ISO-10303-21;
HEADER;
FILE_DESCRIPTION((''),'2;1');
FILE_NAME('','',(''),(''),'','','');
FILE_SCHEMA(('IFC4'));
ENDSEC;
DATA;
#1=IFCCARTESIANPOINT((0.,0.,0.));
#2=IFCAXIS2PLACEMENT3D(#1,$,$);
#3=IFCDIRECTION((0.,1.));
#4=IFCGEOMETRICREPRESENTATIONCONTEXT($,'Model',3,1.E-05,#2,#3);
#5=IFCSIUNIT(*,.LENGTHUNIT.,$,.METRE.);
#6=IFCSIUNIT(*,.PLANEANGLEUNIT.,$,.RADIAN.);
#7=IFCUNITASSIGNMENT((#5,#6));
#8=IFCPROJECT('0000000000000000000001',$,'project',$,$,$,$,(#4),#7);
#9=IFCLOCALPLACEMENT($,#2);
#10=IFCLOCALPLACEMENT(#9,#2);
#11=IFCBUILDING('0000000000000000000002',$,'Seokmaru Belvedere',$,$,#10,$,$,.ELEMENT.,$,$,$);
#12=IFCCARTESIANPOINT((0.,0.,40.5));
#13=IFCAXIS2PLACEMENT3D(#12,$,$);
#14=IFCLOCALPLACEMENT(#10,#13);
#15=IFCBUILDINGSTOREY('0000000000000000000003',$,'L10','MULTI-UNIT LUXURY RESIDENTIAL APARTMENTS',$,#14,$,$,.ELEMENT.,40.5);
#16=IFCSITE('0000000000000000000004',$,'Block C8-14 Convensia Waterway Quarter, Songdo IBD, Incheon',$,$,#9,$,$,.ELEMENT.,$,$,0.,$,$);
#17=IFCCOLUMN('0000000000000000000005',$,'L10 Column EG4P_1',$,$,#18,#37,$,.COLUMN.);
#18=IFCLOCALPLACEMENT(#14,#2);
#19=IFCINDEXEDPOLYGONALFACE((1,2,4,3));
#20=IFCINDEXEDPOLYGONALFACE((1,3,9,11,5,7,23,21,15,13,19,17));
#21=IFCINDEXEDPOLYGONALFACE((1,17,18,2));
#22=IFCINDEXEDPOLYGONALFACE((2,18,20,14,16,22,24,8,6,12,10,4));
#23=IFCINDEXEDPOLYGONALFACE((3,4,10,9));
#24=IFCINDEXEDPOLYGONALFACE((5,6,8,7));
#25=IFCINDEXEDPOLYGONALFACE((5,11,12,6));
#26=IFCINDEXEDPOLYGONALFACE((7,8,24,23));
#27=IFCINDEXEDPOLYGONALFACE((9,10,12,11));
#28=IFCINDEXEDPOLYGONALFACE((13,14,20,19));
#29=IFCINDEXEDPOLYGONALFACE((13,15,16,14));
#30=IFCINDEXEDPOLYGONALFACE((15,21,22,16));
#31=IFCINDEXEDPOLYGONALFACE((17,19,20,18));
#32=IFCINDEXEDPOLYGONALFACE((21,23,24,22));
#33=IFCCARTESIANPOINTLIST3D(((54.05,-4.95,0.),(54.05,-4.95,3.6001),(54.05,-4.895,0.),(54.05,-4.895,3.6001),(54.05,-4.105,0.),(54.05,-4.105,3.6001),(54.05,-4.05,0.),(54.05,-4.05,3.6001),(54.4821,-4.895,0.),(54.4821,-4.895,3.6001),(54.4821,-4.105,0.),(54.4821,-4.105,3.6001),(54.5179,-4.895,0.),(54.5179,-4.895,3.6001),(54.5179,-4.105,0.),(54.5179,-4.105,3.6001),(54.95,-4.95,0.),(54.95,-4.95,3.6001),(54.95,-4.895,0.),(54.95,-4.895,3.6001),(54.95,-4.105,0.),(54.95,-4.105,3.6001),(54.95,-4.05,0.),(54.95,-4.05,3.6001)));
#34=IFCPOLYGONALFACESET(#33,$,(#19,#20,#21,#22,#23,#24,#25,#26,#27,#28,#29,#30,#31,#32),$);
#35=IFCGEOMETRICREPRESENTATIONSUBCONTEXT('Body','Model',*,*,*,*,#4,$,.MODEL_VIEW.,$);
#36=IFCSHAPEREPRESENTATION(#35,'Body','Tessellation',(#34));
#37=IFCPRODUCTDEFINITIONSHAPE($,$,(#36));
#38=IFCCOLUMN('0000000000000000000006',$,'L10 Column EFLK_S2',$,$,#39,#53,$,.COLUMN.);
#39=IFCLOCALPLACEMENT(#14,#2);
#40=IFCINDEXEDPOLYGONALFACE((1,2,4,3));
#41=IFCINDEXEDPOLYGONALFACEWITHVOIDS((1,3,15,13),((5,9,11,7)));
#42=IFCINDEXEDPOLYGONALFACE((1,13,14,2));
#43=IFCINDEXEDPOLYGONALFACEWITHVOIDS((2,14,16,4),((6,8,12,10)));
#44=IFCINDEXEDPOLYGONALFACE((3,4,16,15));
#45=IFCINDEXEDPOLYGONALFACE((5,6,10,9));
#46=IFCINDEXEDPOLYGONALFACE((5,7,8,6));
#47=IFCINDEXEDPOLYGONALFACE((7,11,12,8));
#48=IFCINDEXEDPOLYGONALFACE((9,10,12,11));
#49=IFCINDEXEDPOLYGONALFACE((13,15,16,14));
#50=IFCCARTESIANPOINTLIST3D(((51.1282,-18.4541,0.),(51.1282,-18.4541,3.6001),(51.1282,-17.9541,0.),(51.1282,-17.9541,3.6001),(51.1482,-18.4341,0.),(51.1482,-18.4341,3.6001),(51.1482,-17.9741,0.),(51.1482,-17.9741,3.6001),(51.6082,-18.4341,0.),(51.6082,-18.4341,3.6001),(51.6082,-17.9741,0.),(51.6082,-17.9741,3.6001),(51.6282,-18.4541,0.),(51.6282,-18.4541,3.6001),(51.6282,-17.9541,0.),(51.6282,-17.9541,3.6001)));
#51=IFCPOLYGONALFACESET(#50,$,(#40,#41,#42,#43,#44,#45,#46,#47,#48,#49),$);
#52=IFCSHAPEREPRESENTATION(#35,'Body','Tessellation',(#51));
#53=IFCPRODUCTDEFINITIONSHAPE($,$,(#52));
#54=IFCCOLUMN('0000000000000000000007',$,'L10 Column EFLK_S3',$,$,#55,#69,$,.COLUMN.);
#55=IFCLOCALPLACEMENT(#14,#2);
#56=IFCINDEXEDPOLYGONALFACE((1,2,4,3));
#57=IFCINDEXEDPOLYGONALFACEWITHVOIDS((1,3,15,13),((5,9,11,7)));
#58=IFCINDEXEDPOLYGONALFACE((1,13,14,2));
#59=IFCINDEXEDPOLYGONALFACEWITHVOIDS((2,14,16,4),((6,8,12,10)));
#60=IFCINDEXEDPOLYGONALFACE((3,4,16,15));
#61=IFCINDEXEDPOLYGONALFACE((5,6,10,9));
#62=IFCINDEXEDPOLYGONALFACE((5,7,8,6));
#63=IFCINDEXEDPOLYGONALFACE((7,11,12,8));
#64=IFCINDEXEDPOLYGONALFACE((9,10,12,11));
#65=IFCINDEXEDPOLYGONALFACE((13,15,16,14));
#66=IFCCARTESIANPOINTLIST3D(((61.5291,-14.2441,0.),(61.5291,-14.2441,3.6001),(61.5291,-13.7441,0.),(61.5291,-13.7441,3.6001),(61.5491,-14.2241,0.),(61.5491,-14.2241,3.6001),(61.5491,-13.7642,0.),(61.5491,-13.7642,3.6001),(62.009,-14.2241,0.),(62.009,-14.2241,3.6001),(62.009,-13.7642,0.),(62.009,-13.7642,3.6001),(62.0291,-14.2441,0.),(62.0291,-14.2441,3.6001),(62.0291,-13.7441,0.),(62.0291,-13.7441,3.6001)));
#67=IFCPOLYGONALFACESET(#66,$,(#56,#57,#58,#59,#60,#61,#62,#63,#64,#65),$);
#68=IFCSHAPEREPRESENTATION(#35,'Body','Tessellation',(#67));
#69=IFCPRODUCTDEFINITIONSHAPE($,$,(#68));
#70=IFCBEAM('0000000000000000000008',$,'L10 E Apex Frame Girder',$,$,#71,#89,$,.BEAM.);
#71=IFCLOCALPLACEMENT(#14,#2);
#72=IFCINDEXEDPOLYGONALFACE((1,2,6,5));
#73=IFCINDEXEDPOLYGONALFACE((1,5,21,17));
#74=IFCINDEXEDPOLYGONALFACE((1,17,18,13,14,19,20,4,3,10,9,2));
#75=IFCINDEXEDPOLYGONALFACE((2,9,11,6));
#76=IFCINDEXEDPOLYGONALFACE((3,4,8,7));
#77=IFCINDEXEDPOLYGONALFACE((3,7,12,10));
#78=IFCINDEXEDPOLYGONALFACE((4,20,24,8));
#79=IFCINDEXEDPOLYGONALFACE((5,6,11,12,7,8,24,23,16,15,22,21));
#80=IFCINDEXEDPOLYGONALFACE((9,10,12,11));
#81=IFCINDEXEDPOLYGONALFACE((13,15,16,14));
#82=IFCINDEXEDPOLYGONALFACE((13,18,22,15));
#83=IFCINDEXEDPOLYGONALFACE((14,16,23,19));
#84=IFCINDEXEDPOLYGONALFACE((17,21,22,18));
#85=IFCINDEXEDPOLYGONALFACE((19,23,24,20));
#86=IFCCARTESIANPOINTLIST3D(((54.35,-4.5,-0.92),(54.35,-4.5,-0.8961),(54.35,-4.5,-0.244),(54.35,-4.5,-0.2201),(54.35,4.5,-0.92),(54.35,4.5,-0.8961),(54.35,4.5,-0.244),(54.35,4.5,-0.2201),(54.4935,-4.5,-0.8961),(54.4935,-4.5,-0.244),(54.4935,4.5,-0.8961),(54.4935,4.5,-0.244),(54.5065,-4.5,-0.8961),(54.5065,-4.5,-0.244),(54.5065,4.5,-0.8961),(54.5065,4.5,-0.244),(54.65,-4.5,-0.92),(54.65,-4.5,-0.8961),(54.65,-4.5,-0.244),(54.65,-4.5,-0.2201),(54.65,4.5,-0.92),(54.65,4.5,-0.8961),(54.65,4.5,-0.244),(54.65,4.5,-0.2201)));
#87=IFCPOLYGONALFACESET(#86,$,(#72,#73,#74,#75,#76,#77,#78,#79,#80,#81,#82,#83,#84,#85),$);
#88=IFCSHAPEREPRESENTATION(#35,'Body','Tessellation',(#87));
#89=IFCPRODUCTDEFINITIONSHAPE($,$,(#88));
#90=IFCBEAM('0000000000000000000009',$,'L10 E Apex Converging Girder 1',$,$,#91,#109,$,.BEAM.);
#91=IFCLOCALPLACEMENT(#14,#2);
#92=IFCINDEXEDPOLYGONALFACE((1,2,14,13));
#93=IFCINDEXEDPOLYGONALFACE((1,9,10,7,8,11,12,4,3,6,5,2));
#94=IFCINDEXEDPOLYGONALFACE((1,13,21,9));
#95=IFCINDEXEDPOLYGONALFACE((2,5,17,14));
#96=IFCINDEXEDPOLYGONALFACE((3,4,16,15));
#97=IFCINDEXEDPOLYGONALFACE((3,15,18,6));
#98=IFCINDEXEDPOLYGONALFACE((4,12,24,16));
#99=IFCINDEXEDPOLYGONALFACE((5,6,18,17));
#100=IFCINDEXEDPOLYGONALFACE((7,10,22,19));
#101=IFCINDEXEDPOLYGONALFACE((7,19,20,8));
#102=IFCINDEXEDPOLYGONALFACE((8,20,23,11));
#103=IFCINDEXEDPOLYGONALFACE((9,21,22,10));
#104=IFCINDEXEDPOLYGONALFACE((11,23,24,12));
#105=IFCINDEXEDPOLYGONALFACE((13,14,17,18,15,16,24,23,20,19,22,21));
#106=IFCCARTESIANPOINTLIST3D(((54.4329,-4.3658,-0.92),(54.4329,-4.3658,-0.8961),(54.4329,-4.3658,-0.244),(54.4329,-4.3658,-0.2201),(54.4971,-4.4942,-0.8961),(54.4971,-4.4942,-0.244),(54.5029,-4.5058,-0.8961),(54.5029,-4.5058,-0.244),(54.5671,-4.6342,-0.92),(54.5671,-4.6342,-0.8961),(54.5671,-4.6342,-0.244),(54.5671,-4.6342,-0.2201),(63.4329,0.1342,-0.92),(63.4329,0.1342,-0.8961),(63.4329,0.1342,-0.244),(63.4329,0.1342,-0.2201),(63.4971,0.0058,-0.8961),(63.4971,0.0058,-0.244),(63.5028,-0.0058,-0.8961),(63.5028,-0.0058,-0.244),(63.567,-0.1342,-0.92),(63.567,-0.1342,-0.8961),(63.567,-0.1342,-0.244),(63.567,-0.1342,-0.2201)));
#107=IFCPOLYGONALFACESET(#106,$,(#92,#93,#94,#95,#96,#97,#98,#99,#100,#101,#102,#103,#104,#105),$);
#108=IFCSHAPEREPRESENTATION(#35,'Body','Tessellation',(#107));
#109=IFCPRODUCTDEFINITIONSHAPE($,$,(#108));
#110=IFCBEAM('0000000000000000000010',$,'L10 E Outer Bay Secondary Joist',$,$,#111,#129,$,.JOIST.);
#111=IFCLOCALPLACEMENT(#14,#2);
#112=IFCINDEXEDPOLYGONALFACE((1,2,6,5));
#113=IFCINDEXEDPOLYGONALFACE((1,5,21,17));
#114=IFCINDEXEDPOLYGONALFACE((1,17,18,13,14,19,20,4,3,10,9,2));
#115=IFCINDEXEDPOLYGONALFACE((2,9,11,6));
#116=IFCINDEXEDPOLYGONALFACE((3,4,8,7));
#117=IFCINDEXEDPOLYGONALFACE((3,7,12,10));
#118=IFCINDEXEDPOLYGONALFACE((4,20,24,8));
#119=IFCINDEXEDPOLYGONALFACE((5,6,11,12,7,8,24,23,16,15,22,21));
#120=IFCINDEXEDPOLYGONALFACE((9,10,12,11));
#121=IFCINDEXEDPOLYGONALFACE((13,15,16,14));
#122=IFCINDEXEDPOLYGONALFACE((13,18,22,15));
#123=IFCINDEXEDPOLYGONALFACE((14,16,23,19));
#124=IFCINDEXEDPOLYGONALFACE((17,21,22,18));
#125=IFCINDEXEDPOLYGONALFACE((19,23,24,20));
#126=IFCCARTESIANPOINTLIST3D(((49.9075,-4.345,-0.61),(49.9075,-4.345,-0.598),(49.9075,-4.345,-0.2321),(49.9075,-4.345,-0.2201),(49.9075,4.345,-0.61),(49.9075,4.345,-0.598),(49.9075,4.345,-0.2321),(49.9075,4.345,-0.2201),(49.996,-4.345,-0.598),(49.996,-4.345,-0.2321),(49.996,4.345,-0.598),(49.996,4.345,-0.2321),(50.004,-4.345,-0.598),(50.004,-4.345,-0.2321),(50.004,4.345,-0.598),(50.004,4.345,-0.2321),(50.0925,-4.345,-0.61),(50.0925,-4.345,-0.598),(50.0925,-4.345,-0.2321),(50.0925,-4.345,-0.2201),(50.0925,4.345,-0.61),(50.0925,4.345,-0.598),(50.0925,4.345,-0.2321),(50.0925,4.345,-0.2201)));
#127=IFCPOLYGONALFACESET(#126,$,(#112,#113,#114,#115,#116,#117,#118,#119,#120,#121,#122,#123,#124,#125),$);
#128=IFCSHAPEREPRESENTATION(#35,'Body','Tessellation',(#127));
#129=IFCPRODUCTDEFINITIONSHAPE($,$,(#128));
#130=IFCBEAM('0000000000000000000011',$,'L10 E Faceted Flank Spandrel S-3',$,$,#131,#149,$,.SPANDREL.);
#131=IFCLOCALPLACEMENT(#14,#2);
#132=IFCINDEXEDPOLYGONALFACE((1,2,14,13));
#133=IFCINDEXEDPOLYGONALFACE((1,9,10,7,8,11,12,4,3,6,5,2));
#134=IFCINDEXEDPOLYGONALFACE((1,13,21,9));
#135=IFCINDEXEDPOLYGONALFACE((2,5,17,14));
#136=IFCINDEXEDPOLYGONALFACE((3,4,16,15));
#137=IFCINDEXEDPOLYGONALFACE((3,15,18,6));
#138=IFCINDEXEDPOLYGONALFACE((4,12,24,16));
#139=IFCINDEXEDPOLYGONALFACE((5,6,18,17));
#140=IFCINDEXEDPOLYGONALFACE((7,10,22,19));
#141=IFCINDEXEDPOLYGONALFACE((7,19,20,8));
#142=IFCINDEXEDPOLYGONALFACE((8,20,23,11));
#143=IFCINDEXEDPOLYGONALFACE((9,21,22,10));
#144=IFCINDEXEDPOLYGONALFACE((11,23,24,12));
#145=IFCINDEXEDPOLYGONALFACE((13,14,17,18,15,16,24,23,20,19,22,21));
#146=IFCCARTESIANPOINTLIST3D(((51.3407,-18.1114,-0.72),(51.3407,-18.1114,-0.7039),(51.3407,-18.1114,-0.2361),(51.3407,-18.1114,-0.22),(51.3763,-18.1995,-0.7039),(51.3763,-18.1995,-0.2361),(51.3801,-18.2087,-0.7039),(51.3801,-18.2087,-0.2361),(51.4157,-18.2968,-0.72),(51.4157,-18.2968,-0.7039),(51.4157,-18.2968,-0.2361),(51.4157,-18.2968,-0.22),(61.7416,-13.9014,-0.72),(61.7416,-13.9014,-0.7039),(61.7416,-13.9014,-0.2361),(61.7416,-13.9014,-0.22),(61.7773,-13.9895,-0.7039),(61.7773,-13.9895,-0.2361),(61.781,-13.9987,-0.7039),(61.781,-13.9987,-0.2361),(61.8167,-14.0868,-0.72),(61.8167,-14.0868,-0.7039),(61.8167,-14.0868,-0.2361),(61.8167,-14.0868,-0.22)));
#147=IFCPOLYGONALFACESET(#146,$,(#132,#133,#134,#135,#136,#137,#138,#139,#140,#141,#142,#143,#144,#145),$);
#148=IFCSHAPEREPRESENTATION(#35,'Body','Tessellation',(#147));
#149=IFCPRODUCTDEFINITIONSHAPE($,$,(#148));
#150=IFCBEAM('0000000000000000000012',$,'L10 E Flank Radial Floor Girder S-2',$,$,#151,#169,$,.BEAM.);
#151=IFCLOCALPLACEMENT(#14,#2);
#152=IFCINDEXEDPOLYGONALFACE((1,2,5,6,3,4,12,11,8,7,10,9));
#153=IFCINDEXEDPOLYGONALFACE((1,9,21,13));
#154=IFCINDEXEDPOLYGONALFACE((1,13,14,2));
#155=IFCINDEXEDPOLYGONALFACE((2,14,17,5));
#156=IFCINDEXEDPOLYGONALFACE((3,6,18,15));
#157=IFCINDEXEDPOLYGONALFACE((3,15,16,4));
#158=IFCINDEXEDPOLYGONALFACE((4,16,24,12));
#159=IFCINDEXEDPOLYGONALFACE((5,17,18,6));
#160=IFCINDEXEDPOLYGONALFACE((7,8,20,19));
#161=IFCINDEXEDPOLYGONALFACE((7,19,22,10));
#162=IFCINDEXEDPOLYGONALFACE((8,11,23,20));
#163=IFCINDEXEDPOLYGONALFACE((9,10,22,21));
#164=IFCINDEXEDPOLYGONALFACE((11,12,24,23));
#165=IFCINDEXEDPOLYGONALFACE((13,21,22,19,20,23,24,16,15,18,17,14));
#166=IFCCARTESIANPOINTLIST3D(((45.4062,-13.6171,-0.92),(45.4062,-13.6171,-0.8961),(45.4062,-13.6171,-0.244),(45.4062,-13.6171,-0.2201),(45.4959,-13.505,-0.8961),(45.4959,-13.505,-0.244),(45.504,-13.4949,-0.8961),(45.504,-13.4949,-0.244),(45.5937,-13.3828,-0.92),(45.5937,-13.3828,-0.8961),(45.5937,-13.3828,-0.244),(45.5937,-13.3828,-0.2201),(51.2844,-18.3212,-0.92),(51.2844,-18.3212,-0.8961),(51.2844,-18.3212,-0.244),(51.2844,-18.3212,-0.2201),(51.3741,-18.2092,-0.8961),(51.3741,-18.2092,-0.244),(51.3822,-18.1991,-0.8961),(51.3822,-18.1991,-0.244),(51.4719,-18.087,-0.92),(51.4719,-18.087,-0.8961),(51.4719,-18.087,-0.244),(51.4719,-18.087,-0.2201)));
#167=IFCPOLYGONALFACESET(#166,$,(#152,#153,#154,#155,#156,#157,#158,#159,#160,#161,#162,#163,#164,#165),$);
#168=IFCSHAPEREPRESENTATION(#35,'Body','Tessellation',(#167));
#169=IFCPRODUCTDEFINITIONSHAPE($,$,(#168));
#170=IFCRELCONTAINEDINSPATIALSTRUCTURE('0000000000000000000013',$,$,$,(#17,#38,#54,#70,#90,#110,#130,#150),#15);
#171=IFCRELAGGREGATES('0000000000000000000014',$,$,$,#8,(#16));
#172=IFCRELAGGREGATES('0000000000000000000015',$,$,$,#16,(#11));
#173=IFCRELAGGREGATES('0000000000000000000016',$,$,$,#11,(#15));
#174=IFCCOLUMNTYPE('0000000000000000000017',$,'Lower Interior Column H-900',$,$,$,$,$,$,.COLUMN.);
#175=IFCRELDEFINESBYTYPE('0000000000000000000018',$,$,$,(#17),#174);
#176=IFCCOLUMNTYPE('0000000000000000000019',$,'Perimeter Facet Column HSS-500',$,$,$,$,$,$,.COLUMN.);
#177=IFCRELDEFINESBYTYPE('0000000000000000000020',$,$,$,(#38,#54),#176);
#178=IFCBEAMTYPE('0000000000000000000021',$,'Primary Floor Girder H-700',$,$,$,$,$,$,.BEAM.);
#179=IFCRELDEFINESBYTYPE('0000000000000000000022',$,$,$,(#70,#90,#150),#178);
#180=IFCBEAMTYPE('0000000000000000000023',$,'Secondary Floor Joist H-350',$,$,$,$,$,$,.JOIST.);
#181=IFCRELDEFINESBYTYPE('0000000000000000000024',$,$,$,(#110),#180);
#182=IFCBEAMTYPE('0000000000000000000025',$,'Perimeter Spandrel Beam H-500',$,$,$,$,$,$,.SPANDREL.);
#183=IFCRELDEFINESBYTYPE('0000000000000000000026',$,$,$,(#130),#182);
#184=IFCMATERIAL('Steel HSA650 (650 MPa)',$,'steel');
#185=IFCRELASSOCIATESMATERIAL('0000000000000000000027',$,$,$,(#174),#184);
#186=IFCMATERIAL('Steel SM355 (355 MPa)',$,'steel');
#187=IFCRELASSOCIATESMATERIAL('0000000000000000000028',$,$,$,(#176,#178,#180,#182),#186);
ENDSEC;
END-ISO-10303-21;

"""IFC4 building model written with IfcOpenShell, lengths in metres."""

from ifc_helpers import new_model, si_unit, direction, frame, origin, origin_2d, place, context, subcontext, project, spatial, hollow_rectangle, i_section, extrude, source, transform, mapped, material, material_profile, profile_set, type_object, type_shapes, element, save


model = new_model("IFC4")

# Units and contexts
model_context = context("Model", 3, precision=1e-05, world=origin(), true_north=direction((0.0, 1.0)))
body_context = subcontext(model_context, "Body", "Model", "MODEL_VIEW")
ifc_project = project(units=[si_unit("LENGTHUNIT", "METRE"), si_unit("PLANEANGLEUNIT", "RADIAN")], contexts=[model_context])

# Site, building, storey
site_placement = place(None, origin())
site = spatial("IfcSite", under=ifc_project, at=site_placement, Name="Block C8-14 Convensia Waterway Quarter, Songdo IBD, Incheon", CompositionType="ELEMENT", RefElevation=0.0)
building_placement = place(site_placement, origin())
building = spatial("IfcBuilding", under=site, at=building_placement, Name="Seokmaru Belvedere", CompositionType="ELEMENT")
storey_placement = place(building_placement, frame((0.0, 0.0, 40.5)))
storey = spatial("IfcBuildingStorey", under=building, at=storey_placement, Name="L10", Description="MULTI-UNIT LUXURY RESIDENTIAL APARTMENTS", CompositionType="ELEMENT", Elevation=40.5)

# Columns
ifc_material_1 = material(Name="Steel HSA650 (650 MPa)", Category="steel")
ifc_material_profile_1 = material_profile(ifc_material_1, i_section(OverallWidth=0.8999, OverallDepth=0.8999, WebThickness=0.0359, FlangeThickness=0.0549, at=origin_2d()), Name="H-900x900x36x55")
ifc_profile_set_1 = profile_set([ifc_material_profile_1], Name="Steel HSA650 (650 MPa)")
column_type_1 = type_object("IfcColumnType", Name="Lower Interior Column H-900", PredefinedType="COLUMN", material=ifc_profile_set_1)
shared_shape_1 = source(origin(), body_context, "Body", "SweptSolid", [
    extrude(i_section(OverallWidth=0.8999, OverallDepth=0.8999, WebThickness=0.0359, FlangeThickness=0.0549, at=origin_2d()), origin(), (0.0, 0.0, 1.0), 3.6001),
])
type_shapes(column_type_1, [shared_shape_1])
column_placement = place(storey_placement, frame((54.5, -4.5, 0.0), z_axis=(0.0, 0.0, 1.0), x_axis=(1.0, 0.0, 0.0)))
element("IfcColumn", 1, at=column_placement, inside=storey, type_object=column_type_1, Name="L10 Column EG4P_1", PredefinedType="COLUMN", context=body_context, shape_type="MappedRepresentation", body=[
    mapped(shared_shape_1, transform((0.0, 0.0, 0.0), scale=1.0)),
])
ifc_material_2 = material(Name="Steel SM355 (355 MPa)", Category="steel")
ifc_material_profile_2 = material_profile(ifc_material_2, hollow_rectangle(XDim=0.5, YDim=0.5, WallThickness=0.02, at=origin_2d()), Name="HSS-500x500x20")
ifc_profile_set_2 = profile_set([ifc_material_profile_2], Name="Steel SM355 (355 MPa)")
column_type_2 = type_object("IfcColumnType", Name="Perimeter Facet Column HSS-500", PredefinedType="COLUMN", material=ifc_profile_set_2)
shared_shape_2 = source(origin(), body_context, "Body", "SweptSolid", [
    extrude(hollow_rectangle(XDim=0.5, YDim=0.5, WallThickness=0.02, at=origin_2d()), origin(), (0.0, 0.0, 1.0), 3.6001),
])
type_shapes(column_type_2, [shared_shape_2])
for number, where, z_axis, x_axis, name in (
    (2, (51.3782, -18.2041, 0.0), (0.0, 0.0, 1.0), (1.0, 0.0, 0.0), "L10 Column EFLK_S2"),
    (3, (61.7791, -13.9941, 0.0), (0.0, 0.0, 1.0), (1.0, 0.0, 0.0), "L10 Column EFLK_S3"),
):
    element("IfcColumn", number, at=place(storey_placement, frame(where, z_axis=z_axis, x_axis=x_axis)), inside=storey, type_object=column_type_2, Name=name, PredefinedType="COLUMN", context=body_context, shape_type="MappedRepresentation", body=[
        mapped(shared_shape_2, transform((0.0, 0.0, 0.0), scale=1.0)),
    ])

# Beams
ifc_material_profile_3 = material_profile(ifc_material_2, i_section(OverallWidth=0.3, OverallDepth=0.7, WebThickness=0.0129, FlangeThickness=0.0239, at=origin_2d()), Name="H-700x300x13x24")
ifc_profile_set_3 = profile_set([ifc_material_profile_3], Name="Steel SM355 (355 MPa)")
beam_type_1 = type_object("IfcBeamType", Name="Primary Floor Girder H-700", PredefinedType="BEAM", material=ifc_profile_set_3)
shared_shape_3 = source(origin(), body_context, "Body", "SweptSolid", [
    extrude(i_section(OverallWidth=0.3, OverallDepth=0.7, WebThickness=0.0129, FlangeThickness=0.0239, at=origin_2d()), origin(), (0.0, 0.0, 1.0), 9.0),
])
beam_1_placement = place(storey_placement, frame((54.5, -4.5, -0.5701), z_axis=(0.0, 1.0, 0.0), x_axis=(-1.0, 0.0, 0.0)))
element("IfcBeam", 4, at=beam_1_placement, inside=storey, type_object=beam_type_1, Name="L10 E Apex Frame Girder", PredefinedType="BEAM", context=body_context, shape_type="MappedRepresentation", body=[
    mapped(shared_shape_3, transform((0.0, 0.0, 0.0), scale=1.0)),
])
shared_shape_4 = source(origin(), body_context, "Body", "SweptSolid", [
    extrude(i_section(OverallWidth=0.3, OverallDepth=0.7, WebThickness=0.0129, FlangeThickness=0.0239, at=origin_2d()), origin(), (0.0, 0.0, 1.0), 10.0623),
])
beam_2_placement = place(storey_placement, frame((54.5, -4.5, -0.5701), z_axis=(0.894427, 0.447214, 0.0), x_axis=(-0.447214, 0.894427, 0.0)))
element("IfcBeam", 5, at=beam_2_placement, inside=storey, type_object=beam_type_1, Name="L10 E Apex Converging Girder 1", PredefinedType="BEAM", context=body_context, shape_type="MappedRepresentation", body=[
    mapped(shared_shape_4, transform((0.0, 0.0, 0.0), scale=1.0)),
])
ifc_material_profile_4 = material_profile(ifc_material_2, i_section(OverallWidth=0.1851, OverallDepth=0.3899, WebThickness=0.0081, FlangeThickness=0.012, at=origin_2d()), Name="H-390x185x8x12")
ifc_profile_set_4 = profile_set([ifc_material_profile_4], Name="Steel SM355 (355 MPa)")
beam_type_2 = type_object("IfcBeamType", Name="Secondary Floor Joist H-350", PredefinedType="JOIST", material=ifc_profile_set_4)
shared_shape_5 = source(origin(), body_context, "Body", "SweptSolid", [
    extrude(i_section(OverallWidth=0.1851, OverallDepth=0.3899, WebThickness=0.0081, FlangeThickness=0.012, at=origin_2d()), origin(), (0.0, 0.0, 1.0), 8.6899),
])
type_shapes(beam_type_2, [shared_shape_5])
beam_3_placement = place(storey_placement, frame((50.0, -4.345, -0.415), z_axis=(0.0, 1.0, 0.0), x_axis=(-1.0, 0.0, 0.0)))
element("IfcBeam", 6, at=beam_3_placement, inside=storey, type_object=beam_type_2, Name="L10 E Outer Bay Secondary Joist", PredefinedType="JOIST", context=body_context, shape_type="MappedRepresentation", body=[
    mapped(shared_shape_5, transform((0.0, 0.0, 0.0), scale=1.0)),
])
ifc_material_profile_5 = material_profile(ifc_material_2, i_section(OverallWidth=0.2, OverallDepth=0.5, WebThickness=0.01, FlangeThickness=0.0161, at=origin_2d()), Name="H-500x200x10x16")
ifc_profile_set_5 = profile_set([ifc_material_profile_5], Name="Steel SM355 (355 MPa)")
beam_type_3 = type_object("IfcBeamType", Name="Perimeter Spandrel Beam H-500", PredefinedType="SPANDREL", material=ifc_profile_set_5)
shared_shape_6 = source(origin(), body_context, "Body", "SweptSolid", [
    extrude(i_section(OverallWidth=0.2, OverallDepth=0.5, WebThickness=0.01, FlangeThickness=0.0161, at=origin_2d()), origin(), (0.0, 0.0, 1.0), 11.2207),
])
type_shapes(beam_type_3, [shared_shape_6])
beam_4_placement = place(storey_placement, frame((51.3782, -18.2041, -0.47), z_axis=(0.926944, 0.375199, 0.0), x_axis=(-0.375199, 0.926944, 0.0)))
element("IfcBeam", 7, at=beam_4_placement, inside=storey, type_object=beam_type_3, Name="L10 E Faceted Flank Spandrel S-3", PredefinedType="SPANDREL", context=body_context, shape_type="MappedRepresentation", body=[
    mapped(shared_shape_6, transform((0.0, 0.0, 0.0), scale=1.0)),
])
shared_shape_7 = source(origin(), body_context, "Body", "SweptSolid", [
    extrude(i_section(OverallWidth=0.3, OverallDepth=0.7, WebThickness=0.0129, FlangeThickness=0.0239, at=origin_2d()), origin(), (0.0, 0.0, 1.0), 7.5288),
])
type_shapes(beam_type_1, [shared_shape_3, shared_shape_4, shared_shape_7])
beam_5_placement = place(storey_placement, frame((51.3782, -18.2041, -0.5701), z_axis=(-0.780768, 0.624822, 0.0), x_axis=(-0.624822, -0.780768, 0.0)))
element("IfcBeam", 8, at=beam_5_placement, inside=storey, type_object=beam_type_1, Name="L10 E Flank Radial Floor Girder S-2", PredefinedType="BEAM", context=body_context, shape_type="MappedRepresentation", body=[
    mapped(shared_shape_7, transform((0.0, 0.0, 0.0), scale=1.0)),
])

save(model, "model.ifc")
